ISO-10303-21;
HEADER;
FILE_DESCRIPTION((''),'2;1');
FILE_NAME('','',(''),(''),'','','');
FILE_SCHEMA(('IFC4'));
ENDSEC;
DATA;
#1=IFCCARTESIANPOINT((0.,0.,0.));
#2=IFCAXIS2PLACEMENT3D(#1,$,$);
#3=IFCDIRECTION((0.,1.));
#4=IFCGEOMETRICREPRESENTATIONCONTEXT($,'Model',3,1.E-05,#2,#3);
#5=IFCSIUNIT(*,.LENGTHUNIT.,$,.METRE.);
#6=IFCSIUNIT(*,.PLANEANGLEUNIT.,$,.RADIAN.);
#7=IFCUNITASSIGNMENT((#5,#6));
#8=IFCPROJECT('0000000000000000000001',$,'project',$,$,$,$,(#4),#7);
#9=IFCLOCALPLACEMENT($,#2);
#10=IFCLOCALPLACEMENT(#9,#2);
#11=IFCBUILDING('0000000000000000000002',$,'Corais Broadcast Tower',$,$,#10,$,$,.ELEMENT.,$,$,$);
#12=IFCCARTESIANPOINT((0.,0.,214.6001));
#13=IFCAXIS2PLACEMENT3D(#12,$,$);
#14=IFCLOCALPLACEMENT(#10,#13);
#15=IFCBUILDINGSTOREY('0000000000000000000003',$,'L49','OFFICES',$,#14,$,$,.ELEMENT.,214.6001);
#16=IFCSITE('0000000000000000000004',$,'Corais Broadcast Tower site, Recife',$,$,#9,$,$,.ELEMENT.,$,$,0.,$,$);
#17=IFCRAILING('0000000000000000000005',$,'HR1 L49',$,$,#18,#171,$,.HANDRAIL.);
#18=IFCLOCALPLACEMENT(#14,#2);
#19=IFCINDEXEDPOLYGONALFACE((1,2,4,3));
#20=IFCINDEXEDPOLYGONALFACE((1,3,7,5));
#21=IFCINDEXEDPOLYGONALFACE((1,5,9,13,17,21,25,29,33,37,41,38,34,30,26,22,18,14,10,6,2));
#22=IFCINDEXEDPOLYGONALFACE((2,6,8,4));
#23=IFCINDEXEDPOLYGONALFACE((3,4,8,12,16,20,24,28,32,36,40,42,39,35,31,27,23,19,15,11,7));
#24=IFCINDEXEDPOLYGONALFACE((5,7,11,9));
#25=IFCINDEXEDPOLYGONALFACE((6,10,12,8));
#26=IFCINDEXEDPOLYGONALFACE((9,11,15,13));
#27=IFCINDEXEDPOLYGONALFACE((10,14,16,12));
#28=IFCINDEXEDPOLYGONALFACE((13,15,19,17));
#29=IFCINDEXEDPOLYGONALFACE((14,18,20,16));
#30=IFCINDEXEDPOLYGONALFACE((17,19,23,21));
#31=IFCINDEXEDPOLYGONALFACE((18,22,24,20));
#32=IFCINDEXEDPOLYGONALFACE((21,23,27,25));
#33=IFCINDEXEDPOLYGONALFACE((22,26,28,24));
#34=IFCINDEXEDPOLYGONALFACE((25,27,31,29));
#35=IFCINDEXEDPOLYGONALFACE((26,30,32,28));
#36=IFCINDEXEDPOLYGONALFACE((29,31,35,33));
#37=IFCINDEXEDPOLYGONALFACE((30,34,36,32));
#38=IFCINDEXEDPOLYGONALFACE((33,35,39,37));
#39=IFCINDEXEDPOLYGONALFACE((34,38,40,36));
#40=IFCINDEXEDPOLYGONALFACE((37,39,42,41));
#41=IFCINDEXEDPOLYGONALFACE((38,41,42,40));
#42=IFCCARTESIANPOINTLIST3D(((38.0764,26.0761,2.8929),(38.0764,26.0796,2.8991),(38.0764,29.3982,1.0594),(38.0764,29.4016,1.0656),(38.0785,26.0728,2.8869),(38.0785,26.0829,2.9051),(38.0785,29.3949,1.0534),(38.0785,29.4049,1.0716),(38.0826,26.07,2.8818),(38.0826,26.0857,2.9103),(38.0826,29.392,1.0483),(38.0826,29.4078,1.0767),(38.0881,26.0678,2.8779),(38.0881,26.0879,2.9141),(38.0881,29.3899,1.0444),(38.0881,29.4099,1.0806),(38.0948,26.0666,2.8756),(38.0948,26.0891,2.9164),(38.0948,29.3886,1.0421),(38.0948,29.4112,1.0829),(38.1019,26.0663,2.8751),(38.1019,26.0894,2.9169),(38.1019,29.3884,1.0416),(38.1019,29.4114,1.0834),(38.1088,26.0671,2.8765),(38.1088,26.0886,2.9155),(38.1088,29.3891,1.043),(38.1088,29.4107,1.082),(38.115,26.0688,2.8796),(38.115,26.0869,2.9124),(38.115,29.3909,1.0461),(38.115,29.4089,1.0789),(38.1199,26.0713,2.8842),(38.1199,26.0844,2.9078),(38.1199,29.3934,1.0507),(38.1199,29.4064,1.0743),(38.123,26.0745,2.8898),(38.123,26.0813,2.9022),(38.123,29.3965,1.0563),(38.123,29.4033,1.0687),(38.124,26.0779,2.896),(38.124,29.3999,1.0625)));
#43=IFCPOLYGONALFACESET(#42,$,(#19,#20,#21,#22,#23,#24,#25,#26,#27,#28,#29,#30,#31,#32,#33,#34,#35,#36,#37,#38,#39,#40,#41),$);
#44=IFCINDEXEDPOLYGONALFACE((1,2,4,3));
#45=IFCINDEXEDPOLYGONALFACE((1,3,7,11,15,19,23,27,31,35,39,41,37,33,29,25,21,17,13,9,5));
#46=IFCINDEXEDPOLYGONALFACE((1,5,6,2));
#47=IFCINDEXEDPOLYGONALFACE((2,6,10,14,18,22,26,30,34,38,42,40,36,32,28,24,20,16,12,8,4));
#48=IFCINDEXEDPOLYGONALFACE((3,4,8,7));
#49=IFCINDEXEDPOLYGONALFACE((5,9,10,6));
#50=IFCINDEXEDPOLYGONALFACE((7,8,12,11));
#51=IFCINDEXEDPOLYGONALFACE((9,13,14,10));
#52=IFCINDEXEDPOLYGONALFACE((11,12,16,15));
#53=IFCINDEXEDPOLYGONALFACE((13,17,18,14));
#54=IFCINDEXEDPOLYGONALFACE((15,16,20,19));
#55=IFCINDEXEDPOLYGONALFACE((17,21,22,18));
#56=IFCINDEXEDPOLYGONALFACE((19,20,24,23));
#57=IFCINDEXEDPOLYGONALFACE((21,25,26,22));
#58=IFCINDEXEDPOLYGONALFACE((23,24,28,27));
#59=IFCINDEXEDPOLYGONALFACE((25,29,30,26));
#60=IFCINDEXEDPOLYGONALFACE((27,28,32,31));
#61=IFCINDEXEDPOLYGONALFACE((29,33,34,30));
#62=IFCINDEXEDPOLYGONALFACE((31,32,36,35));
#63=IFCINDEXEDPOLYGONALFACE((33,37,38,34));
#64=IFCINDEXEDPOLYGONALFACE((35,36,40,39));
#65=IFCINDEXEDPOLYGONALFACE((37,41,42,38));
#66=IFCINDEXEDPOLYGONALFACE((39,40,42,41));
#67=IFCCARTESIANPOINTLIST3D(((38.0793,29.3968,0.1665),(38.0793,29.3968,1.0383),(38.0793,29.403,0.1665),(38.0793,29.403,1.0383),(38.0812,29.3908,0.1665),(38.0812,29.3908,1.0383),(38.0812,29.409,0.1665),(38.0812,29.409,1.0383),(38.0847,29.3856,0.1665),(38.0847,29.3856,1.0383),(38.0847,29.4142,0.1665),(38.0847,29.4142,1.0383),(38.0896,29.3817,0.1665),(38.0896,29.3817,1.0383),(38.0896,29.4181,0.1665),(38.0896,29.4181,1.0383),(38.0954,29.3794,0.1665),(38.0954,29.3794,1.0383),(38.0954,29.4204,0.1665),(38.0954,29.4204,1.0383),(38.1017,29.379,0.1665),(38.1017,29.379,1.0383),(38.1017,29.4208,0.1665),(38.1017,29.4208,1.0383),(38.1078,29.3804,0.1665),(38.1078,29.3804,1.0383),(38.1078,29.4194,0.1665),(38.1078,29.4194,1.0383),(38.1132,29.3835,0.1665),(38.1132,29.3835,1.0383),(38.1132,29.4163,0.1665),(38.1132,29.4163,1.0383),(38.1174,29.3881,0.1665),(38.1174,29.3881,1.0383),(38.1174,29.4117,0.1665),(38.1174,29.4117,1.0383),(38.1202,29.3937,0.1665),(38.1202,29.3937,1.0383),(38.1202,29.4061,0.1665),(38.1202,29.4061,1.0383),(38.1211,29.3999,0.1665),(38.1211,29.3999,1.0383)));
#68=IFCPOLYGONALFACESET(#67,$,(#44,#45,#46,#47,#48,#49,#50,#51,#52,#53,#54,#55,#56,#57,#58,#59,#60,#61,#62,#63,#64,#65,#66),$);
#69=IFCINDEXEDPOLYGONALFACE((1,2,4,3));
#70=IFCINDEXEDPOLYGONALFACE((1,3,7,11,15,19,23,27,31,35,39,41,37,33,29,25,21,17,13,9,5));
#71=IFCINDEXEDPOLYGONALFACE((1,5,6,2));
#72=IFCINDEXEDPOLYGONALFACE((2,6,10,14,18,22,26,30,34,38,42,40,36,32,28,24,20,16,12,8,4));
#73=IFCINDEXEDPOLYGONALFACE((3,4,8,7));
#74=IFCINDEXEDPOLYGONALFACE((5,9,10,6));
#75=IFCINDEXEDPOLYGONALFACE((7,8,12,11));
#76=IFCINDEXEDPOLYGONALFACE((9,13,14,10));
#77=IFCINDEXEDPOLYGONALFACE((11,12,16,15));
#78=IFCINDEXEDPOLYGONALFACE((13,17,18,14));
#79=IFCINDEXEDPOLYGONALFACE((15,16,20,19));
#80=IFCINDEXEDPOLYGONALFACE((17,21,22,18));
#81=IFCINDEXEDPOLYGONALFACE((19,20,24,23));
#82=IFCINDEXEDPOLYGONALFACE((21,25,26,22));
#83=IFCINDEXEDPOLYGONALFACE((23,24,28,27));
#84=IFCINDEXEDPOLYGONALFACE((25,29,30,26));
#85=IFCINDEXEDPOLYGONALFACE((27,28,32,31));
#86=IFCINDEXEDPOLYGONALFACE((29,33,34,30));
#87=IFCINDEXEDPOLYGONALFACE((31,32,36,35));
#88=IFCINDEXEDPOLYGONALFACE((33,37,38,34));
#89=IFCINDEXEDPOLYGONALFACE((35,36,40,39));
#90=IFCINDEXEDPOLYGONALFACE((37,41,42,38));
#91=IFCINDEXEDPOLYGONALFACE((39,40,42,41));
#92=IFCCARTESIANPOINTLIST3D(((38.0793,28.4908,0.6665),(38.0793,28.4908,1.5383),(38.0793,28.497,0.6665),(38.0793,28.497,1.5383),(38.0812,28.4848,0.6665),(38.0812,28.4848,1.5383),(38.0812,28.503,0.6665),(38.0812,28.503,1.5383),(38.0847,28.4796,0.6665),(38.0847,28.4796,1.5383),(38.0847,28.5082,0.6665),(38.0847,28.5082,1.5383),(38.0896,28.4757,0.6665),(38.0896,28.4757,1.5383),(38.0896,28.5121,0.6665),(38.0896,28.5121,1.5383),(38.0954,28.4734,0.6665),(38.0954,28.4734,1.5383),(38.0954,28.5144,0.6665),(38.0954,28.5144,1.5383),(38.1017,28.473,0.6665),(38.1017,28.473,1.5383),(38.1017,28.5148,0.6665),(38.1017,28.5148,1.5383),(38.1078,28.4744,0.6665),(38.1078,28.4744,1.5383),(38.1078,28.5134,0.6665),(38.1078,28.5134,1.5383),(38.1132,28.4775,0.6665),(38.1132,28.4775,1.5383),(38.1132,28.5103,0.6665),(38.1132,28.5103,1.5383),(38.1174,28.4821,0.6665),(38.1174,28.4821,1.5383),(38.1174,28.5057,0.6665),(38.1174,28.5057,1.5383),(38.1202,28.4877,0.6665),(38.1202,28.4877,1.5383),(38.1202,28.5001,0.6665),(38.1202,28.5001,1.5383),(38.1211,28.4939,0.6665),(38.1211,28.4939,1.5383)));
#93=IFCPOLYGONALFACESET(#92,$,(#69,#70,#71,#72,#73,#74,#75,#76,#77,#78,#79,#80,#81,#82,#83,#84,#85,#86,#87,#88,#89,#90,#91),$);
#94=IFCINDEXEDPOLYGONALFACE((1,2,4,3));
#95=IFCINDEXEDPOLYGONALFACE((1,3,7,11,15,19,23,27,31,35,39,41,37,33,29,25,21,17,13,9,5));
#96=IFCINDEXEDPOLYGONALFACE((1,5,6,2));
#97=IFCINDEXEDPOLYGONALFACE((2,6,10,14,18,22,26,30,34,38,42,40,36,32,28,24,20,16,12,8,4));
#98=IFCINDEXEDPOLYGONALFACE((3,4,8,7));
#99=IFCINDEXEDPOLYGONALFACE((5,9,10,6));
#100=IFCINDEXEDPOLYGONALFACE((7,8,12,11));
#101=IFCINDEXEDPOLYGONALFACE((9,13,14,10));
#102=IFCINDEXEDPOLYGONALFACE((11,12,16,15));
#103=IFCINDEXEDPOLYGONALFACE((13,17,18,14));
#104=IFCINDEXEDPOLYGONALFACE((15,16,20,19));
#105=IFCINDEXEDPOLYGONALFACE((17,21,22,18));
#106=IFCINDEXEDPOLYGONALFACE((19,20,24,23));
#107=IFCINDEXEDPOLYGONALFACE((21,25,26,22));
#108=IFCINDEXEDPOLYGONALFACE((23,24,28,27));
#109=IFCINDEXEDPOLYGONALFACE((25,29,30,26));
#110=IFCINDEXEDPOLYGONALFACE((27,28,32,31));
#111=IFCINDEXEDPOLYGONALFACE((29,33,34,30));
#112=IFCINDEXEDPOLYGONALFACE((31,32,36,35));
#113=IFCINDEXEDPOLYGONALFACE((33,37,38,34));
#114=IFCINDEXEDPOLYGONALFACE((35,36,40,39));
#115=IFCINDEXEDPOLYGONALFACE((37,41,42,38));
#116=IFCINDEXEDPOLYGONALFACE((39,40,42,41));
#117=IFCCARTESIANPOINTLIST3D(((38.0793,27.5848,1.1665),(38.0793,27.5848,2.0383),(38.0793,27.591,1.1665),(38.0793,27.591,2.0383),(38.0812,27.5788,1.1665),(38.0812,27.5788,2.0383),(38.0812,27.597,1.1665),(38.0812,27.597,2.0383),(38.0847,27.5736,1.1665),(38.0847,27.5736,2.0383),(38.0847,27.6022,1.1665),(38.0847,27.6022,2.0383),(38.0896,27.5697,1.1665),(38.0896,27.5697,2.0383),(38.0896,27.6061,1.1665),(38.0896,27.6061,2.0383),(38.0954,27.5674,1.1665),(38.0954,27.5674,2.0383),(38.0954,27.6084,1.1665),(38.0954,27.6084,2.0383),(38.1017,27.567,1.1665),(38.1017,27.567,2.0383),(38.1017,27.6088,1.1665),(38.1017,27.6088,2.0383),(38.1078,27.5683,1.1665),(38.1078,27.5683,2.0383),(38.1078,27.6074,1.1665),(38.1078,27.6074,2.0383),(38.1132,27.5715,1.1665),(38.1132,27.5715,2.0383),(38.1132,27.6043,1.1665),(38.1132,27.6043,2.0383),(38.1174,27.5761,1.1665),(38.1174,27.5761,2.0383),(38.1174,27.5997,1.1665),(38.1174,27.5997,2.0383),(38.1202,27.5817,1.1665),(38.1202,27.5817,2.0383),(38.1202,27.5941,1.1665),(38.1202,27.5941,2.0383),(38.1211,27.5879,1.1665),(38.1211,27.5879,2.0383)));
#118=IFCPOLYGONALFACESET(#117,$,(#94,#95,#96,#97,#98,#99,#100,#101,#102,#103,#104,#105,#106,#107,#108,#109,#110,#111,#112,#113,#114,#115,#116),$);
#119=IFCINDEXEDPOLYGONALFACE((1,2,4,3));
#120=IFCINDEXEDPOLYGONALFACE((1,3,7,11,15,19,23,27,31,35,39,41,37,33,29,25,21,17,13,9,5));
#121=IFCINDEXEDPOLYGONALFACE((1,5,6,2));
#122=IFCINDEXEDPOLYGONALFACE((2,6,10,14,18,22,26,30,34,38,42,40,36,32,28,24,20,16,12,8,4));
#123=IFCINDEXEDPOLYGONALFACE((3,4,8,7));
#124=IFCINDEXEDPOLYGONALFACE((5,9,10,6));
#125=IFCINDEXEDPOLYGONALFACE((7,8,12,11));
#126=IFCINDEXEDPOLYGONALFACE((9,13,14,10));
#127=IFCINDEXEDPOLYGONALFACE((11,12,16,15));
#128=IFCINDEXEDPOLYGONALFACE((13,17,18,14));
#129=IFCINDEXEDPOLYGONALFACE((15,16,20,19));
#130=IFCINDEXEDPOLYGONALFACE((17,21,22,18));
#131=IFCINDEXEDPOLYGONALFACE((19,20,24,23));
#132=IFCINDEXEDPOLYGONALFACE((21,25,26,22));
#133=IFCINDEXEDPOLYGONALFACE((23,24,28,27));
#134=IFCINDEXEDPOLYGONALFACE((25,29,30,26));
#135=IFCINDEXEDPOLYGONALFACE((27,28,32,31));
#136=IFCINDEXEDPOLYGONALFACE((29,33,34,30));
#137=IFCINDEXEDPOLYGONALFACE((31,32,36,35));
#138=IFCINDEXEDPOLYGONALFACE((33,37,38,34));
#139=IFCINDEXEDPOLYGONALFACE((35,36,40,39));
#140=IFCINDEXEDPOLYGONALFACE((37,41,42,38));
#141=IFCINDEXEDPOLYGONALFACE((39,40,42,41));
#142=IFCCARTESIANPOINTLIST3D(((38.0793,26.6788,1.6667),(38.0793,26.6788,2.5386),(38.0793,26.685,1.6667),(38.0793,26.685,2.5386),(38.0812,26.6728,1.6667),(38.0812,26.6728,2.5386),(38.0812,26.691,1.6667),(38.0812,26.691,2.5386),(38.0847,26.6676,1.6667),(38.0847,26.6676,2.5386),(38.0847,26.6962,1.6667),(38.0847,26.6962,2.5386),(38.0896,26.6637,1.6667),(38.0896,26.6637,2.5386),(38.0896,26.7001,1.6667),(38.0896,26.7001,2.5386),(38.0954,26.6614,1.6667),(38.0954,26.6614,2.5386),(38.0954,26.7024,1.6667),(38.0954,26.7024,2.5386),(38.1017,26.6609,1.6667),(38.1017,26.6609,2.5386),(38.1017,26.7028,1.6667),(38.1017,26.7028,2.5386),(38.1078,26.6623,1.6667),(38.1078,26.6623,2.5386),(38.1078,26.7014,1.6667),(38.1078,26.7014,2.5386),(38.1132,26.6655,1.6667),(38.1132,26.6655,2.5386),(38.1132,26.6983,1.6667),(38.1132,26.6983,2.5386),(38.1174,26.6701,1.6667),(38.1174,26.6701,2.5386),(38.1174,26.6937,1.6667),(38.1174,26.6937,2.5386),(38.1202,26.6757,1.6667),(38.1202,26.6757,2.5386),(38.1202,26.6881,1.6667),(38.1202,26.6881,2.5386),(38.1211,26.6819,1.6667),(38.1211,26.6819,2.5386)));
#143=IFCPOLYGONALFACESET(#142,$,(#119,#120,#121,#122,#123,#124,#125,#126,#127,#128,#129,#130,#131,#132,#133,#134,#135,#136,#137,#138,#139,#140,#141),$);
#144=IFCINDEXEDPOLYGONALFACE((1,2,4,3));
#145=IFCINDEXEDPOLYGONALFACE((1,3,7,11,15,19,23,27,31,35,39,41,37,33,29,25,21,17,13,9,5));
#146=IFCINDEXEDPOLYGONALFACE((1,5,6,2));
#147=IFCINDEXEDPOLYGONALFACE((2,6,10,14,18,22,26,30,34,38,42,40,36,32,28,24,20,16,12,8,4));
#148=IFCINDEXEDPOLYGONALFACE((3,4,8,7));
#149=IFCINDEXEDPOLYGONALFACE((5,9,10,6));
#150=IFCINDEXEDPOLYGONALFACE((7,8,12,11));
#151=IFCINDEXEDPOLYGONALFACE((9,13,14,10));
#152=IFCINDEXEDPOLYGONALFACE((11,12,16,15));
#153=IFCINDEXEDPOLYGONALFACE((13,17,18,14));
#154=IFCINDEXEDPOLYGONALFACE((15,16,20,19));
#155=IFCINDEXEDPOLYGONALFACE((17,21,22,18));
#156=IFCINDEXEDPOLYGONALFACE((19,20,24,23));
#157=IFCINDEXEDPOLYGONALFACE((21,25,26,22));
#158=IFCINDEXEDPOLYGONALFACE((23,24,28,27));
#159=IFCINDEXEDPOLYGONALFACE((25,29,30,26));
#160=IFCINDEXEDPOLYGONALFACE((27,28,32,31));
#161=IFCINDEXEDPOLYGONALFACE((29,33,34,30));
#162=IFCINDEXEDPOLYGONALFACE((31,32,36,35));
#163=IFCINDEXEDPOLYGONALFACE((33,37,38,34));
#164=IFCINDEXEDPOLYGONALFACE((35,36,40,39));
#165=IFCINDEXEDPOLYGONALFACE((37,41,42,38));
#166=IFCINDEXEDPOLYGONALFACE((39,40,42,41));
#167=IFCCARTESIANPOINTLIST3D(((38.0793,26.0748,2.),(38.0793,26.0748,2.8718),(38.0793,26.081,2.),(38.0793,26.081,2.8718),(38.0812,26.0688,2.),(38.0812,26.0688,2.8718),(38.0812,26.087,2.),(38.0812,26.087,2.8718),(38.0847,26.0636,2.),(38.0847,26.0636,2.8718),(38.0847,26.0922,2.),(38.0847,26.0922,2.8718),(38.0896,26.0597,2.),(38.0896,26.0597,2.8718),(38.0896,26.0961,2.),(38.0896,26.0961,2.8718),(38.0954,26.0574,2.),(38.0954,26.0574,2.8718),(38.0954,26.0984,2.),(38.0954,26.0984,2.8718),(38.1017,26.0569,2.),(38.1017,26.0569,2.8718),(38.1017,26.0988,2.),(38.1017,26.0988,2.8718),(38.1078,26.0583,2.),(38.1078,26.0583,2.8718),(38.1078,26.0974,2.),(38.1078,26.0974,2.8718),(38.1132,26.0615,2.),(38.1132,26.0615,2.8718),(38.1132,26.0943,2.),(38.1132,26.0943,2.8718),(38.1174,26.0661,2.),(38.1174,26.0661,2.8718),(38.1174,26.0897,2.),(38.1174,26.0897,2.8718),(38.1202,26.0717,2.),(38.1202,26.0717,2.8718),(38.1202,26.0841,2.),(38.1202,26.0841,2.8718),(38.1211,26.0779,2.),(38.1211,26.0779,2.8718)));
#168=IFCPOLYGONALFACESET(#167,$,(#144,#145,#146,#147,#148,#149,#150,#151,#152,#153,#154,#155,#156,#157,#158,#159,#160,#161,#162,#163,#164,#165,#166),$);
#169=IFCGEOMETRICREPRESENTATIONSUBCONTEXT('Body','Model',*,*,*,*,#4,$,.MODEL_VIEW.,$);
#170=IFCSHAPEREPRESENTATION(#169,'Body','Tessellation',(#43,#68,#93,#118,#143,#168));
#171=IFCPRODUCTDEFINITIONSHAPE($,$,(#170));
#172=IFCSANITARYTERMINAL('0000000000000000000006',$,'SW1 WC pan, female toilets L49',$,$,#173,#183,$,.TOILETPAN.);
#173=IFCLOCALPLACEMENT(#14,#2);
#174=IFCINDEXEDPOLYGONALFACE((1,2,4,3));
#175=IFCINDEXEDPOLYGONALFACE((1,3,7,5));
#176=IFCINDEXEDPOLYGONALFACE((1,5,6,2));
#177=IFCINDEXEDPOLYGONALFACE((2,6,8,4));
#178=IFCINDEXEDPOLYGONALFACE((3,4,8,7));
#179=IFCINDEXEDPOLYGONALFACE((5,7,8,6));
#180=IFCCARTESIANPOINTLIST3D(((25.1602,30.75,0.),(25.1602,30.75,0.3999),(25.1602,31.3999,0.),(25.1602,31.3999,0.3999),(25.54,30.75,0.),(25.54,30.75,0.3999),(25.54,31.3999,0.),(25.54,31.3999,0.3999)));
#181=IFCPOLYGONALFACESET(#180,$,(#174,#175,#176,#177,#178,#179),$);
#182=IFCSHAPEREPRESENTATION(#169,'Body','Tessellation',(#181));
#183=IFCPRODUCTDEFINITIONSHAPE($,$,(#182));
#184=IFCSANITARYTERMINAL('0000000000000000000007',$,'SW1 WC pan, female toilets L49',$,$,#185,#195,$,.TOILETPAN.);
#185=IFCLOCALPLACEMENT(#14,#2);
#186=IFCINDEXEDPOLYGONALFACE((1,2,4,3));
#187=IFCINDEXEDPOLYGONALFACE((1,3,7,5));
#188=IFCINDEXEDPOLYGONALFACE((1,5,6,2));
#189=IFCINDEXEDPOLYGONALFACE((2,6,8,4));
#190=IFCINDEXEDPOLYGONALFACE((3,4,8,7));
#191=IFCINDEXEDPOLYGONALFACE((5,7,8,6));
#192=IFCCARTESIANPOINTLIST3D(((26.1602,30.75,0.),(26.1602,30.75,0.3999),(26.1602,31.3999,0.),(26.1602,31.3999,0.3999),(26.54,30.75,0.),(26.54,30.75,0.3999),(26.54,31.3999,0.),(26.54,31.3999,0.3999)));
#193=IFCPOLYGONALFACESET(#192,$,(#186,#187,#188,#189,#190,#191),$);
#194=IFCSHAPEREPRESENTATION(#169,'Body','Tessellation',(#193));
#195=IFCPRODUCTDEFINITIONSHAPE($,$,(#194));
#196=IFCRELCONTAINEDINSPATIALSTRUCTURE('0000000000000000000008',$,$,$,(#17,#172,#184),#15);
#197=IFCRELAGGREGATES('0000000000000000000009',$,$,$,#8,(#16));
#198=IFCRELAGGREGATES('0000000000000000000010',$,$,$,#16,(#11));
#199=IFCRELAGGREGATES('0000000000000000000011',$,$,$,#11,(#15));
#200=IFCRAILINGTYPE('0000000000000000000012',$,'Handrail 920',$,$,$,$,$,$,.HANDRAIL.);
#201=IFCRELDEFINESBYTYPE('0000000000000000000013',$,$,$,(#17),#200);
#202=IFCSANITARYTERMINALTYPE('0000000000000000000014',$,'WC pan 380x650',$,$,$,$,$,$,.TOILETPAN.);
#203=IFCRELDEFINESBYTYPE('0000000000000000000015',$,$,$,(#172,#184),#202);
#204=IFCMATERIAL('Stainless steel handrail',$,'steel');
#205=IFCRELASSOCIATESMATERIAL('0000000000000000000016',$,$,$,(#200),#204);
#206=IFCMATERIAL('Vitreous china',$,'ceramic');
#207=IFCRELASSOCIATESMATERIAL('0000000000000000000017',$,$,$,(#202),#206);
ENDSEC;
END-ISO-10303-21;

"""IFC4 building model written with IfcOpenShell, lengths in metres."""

from ifc_helpers import new_model, si_unit, direction, frame, origin, origin_2d, place, context, subcontext, project, spatial, rectangle, circle, extrude, material, type_object, element, save


model = new_model("IFC4")

# Units and contexts
model_context = context("Model", 3, precision=1e-05, world=origin(), true_north=direction((0.0, 1.0)))
body_context = subcontext(model_context, "Body", "Model", "MODEL_VIEW")
ifc_project = project(units=[si_unit("LENGTHUNIT", "METRE"), si_unit("PLANEANGLEUNIT", "RADIAN")], contexts=[model_context])

# Site, building, storey
site_placement = place(None, origin())
site = spatial("IfcSite", under=ifc_project, at=site_placement, Name="Corais Broadcast Tower site, Recife", CompositionType="ELEMENT", RefElevation=0.0)
building_placement = place(site_placement, origin())
building = spatial("IfcBuilding", under=site, at=building_placement, Name="Corais Broadcast Tower", CompositionType="ELEMENT")
storey_placement = place(building_placement, frame((0.0, 0.0, 214.6001)))
storey = spatial("IfcBuildingStorey", under=building, at=storey_placement, Name="L49", Description="OFFICES", CompositionType="ELEMENT", Elevation=214.6001)

# Railing
ifc_material_1 = material(Name="Stainless steel handrail", Category="steel")
railing_type = type_object("IfcRailingType", Name="Handrail 920", PredefinedType="HANDRAIL", material=ifc_material_1)
for number, where, name in (
    (1, (38.1001, 29.3999, 0.1665), "HR1 L49"),
):
    element("IfcRailing", number, at=place(storey_placement, frame(where)), inside=storey, type_object=railing_type, Name=name, PredefinedType="HANDRAIL", context=body_context, shape_type="SweptSolid", body=[
        extrude(circle(Radius=0.0239, at=origin_2d()), frame((0.0, 0.0, 0.896), z_axis=(0.0, -0.875504, 0.48321), x_axis=(1.0, 0.0, 0.0)), (0.0, 0.0, 1.0), 3.7944),
        extrude(circle(Radius=0.021, at=origin_2d()), origin(), (0.0, 0.0, 1.0), 0.8718),
        extrude(circle(Radius=0.021, at=origin_2d()), frame((0.0, -0.906, 0.5)), (0.0, 0.0, 1.0), 0.8718),
        extrude(circle(Radius=0.021, at=origin_2d()), frame((0.0, -1.812, 1.0)), (0.0, 0.0, 1.0), 0.8718),
        extrude(circle(Radius=0.021, at=origin_2d()), frame((0.0, -2.718, 1.5002)), (0.0, 0.0, 1.0), 0.8718),
        extrude(circle(Radius=0.021, at=origin_2d()), frame((0.0, -3.322, 1.8335)), (0.0, 0.0, 1.0), 0.8718),
    ])

# Sanitary terminals
ifc_material_2 = material(Name="Vitreous china", Category="ceramic")
sanitary_terminal_type = type_object("IfcSanitaryTerminalType", Name="WC pan 380x650", PredefinedType="TOILETPAN", material=ifc_material_2)
for number, where, z_axis, x_axis, name in (
    (2, (25.3501, 31.075, 0.0), (0.0, 0.0, 1.0), (1.0, 0.0, 0.0), "SW1 WC pan, female toilets L49"),
    (3, (26.3501, 31.075, 0.0), (0.0, 0.0, 1.0), (1.0, 0.0, 0.0), "SW1 WC pan, female toilets L49"),
):
    element("IfcSanitaryTerminal", number, at=place(storey_placement, frame(where, z_axis=z_axis, x_axis=x_axis)), inside=storey, type_object=sanitary_terminal_type, Name=name, PredefinedType="TOILETPAN", context=body_context, shape_type="SweptSolid", body=[
        extrude(rectangle(XDim=0.3799, YDim=0.6499, at=origin_2d()), origin(), (0.0, 0.0, 1.0), 0.3999),
    ])

save(model, "model.ifc")
